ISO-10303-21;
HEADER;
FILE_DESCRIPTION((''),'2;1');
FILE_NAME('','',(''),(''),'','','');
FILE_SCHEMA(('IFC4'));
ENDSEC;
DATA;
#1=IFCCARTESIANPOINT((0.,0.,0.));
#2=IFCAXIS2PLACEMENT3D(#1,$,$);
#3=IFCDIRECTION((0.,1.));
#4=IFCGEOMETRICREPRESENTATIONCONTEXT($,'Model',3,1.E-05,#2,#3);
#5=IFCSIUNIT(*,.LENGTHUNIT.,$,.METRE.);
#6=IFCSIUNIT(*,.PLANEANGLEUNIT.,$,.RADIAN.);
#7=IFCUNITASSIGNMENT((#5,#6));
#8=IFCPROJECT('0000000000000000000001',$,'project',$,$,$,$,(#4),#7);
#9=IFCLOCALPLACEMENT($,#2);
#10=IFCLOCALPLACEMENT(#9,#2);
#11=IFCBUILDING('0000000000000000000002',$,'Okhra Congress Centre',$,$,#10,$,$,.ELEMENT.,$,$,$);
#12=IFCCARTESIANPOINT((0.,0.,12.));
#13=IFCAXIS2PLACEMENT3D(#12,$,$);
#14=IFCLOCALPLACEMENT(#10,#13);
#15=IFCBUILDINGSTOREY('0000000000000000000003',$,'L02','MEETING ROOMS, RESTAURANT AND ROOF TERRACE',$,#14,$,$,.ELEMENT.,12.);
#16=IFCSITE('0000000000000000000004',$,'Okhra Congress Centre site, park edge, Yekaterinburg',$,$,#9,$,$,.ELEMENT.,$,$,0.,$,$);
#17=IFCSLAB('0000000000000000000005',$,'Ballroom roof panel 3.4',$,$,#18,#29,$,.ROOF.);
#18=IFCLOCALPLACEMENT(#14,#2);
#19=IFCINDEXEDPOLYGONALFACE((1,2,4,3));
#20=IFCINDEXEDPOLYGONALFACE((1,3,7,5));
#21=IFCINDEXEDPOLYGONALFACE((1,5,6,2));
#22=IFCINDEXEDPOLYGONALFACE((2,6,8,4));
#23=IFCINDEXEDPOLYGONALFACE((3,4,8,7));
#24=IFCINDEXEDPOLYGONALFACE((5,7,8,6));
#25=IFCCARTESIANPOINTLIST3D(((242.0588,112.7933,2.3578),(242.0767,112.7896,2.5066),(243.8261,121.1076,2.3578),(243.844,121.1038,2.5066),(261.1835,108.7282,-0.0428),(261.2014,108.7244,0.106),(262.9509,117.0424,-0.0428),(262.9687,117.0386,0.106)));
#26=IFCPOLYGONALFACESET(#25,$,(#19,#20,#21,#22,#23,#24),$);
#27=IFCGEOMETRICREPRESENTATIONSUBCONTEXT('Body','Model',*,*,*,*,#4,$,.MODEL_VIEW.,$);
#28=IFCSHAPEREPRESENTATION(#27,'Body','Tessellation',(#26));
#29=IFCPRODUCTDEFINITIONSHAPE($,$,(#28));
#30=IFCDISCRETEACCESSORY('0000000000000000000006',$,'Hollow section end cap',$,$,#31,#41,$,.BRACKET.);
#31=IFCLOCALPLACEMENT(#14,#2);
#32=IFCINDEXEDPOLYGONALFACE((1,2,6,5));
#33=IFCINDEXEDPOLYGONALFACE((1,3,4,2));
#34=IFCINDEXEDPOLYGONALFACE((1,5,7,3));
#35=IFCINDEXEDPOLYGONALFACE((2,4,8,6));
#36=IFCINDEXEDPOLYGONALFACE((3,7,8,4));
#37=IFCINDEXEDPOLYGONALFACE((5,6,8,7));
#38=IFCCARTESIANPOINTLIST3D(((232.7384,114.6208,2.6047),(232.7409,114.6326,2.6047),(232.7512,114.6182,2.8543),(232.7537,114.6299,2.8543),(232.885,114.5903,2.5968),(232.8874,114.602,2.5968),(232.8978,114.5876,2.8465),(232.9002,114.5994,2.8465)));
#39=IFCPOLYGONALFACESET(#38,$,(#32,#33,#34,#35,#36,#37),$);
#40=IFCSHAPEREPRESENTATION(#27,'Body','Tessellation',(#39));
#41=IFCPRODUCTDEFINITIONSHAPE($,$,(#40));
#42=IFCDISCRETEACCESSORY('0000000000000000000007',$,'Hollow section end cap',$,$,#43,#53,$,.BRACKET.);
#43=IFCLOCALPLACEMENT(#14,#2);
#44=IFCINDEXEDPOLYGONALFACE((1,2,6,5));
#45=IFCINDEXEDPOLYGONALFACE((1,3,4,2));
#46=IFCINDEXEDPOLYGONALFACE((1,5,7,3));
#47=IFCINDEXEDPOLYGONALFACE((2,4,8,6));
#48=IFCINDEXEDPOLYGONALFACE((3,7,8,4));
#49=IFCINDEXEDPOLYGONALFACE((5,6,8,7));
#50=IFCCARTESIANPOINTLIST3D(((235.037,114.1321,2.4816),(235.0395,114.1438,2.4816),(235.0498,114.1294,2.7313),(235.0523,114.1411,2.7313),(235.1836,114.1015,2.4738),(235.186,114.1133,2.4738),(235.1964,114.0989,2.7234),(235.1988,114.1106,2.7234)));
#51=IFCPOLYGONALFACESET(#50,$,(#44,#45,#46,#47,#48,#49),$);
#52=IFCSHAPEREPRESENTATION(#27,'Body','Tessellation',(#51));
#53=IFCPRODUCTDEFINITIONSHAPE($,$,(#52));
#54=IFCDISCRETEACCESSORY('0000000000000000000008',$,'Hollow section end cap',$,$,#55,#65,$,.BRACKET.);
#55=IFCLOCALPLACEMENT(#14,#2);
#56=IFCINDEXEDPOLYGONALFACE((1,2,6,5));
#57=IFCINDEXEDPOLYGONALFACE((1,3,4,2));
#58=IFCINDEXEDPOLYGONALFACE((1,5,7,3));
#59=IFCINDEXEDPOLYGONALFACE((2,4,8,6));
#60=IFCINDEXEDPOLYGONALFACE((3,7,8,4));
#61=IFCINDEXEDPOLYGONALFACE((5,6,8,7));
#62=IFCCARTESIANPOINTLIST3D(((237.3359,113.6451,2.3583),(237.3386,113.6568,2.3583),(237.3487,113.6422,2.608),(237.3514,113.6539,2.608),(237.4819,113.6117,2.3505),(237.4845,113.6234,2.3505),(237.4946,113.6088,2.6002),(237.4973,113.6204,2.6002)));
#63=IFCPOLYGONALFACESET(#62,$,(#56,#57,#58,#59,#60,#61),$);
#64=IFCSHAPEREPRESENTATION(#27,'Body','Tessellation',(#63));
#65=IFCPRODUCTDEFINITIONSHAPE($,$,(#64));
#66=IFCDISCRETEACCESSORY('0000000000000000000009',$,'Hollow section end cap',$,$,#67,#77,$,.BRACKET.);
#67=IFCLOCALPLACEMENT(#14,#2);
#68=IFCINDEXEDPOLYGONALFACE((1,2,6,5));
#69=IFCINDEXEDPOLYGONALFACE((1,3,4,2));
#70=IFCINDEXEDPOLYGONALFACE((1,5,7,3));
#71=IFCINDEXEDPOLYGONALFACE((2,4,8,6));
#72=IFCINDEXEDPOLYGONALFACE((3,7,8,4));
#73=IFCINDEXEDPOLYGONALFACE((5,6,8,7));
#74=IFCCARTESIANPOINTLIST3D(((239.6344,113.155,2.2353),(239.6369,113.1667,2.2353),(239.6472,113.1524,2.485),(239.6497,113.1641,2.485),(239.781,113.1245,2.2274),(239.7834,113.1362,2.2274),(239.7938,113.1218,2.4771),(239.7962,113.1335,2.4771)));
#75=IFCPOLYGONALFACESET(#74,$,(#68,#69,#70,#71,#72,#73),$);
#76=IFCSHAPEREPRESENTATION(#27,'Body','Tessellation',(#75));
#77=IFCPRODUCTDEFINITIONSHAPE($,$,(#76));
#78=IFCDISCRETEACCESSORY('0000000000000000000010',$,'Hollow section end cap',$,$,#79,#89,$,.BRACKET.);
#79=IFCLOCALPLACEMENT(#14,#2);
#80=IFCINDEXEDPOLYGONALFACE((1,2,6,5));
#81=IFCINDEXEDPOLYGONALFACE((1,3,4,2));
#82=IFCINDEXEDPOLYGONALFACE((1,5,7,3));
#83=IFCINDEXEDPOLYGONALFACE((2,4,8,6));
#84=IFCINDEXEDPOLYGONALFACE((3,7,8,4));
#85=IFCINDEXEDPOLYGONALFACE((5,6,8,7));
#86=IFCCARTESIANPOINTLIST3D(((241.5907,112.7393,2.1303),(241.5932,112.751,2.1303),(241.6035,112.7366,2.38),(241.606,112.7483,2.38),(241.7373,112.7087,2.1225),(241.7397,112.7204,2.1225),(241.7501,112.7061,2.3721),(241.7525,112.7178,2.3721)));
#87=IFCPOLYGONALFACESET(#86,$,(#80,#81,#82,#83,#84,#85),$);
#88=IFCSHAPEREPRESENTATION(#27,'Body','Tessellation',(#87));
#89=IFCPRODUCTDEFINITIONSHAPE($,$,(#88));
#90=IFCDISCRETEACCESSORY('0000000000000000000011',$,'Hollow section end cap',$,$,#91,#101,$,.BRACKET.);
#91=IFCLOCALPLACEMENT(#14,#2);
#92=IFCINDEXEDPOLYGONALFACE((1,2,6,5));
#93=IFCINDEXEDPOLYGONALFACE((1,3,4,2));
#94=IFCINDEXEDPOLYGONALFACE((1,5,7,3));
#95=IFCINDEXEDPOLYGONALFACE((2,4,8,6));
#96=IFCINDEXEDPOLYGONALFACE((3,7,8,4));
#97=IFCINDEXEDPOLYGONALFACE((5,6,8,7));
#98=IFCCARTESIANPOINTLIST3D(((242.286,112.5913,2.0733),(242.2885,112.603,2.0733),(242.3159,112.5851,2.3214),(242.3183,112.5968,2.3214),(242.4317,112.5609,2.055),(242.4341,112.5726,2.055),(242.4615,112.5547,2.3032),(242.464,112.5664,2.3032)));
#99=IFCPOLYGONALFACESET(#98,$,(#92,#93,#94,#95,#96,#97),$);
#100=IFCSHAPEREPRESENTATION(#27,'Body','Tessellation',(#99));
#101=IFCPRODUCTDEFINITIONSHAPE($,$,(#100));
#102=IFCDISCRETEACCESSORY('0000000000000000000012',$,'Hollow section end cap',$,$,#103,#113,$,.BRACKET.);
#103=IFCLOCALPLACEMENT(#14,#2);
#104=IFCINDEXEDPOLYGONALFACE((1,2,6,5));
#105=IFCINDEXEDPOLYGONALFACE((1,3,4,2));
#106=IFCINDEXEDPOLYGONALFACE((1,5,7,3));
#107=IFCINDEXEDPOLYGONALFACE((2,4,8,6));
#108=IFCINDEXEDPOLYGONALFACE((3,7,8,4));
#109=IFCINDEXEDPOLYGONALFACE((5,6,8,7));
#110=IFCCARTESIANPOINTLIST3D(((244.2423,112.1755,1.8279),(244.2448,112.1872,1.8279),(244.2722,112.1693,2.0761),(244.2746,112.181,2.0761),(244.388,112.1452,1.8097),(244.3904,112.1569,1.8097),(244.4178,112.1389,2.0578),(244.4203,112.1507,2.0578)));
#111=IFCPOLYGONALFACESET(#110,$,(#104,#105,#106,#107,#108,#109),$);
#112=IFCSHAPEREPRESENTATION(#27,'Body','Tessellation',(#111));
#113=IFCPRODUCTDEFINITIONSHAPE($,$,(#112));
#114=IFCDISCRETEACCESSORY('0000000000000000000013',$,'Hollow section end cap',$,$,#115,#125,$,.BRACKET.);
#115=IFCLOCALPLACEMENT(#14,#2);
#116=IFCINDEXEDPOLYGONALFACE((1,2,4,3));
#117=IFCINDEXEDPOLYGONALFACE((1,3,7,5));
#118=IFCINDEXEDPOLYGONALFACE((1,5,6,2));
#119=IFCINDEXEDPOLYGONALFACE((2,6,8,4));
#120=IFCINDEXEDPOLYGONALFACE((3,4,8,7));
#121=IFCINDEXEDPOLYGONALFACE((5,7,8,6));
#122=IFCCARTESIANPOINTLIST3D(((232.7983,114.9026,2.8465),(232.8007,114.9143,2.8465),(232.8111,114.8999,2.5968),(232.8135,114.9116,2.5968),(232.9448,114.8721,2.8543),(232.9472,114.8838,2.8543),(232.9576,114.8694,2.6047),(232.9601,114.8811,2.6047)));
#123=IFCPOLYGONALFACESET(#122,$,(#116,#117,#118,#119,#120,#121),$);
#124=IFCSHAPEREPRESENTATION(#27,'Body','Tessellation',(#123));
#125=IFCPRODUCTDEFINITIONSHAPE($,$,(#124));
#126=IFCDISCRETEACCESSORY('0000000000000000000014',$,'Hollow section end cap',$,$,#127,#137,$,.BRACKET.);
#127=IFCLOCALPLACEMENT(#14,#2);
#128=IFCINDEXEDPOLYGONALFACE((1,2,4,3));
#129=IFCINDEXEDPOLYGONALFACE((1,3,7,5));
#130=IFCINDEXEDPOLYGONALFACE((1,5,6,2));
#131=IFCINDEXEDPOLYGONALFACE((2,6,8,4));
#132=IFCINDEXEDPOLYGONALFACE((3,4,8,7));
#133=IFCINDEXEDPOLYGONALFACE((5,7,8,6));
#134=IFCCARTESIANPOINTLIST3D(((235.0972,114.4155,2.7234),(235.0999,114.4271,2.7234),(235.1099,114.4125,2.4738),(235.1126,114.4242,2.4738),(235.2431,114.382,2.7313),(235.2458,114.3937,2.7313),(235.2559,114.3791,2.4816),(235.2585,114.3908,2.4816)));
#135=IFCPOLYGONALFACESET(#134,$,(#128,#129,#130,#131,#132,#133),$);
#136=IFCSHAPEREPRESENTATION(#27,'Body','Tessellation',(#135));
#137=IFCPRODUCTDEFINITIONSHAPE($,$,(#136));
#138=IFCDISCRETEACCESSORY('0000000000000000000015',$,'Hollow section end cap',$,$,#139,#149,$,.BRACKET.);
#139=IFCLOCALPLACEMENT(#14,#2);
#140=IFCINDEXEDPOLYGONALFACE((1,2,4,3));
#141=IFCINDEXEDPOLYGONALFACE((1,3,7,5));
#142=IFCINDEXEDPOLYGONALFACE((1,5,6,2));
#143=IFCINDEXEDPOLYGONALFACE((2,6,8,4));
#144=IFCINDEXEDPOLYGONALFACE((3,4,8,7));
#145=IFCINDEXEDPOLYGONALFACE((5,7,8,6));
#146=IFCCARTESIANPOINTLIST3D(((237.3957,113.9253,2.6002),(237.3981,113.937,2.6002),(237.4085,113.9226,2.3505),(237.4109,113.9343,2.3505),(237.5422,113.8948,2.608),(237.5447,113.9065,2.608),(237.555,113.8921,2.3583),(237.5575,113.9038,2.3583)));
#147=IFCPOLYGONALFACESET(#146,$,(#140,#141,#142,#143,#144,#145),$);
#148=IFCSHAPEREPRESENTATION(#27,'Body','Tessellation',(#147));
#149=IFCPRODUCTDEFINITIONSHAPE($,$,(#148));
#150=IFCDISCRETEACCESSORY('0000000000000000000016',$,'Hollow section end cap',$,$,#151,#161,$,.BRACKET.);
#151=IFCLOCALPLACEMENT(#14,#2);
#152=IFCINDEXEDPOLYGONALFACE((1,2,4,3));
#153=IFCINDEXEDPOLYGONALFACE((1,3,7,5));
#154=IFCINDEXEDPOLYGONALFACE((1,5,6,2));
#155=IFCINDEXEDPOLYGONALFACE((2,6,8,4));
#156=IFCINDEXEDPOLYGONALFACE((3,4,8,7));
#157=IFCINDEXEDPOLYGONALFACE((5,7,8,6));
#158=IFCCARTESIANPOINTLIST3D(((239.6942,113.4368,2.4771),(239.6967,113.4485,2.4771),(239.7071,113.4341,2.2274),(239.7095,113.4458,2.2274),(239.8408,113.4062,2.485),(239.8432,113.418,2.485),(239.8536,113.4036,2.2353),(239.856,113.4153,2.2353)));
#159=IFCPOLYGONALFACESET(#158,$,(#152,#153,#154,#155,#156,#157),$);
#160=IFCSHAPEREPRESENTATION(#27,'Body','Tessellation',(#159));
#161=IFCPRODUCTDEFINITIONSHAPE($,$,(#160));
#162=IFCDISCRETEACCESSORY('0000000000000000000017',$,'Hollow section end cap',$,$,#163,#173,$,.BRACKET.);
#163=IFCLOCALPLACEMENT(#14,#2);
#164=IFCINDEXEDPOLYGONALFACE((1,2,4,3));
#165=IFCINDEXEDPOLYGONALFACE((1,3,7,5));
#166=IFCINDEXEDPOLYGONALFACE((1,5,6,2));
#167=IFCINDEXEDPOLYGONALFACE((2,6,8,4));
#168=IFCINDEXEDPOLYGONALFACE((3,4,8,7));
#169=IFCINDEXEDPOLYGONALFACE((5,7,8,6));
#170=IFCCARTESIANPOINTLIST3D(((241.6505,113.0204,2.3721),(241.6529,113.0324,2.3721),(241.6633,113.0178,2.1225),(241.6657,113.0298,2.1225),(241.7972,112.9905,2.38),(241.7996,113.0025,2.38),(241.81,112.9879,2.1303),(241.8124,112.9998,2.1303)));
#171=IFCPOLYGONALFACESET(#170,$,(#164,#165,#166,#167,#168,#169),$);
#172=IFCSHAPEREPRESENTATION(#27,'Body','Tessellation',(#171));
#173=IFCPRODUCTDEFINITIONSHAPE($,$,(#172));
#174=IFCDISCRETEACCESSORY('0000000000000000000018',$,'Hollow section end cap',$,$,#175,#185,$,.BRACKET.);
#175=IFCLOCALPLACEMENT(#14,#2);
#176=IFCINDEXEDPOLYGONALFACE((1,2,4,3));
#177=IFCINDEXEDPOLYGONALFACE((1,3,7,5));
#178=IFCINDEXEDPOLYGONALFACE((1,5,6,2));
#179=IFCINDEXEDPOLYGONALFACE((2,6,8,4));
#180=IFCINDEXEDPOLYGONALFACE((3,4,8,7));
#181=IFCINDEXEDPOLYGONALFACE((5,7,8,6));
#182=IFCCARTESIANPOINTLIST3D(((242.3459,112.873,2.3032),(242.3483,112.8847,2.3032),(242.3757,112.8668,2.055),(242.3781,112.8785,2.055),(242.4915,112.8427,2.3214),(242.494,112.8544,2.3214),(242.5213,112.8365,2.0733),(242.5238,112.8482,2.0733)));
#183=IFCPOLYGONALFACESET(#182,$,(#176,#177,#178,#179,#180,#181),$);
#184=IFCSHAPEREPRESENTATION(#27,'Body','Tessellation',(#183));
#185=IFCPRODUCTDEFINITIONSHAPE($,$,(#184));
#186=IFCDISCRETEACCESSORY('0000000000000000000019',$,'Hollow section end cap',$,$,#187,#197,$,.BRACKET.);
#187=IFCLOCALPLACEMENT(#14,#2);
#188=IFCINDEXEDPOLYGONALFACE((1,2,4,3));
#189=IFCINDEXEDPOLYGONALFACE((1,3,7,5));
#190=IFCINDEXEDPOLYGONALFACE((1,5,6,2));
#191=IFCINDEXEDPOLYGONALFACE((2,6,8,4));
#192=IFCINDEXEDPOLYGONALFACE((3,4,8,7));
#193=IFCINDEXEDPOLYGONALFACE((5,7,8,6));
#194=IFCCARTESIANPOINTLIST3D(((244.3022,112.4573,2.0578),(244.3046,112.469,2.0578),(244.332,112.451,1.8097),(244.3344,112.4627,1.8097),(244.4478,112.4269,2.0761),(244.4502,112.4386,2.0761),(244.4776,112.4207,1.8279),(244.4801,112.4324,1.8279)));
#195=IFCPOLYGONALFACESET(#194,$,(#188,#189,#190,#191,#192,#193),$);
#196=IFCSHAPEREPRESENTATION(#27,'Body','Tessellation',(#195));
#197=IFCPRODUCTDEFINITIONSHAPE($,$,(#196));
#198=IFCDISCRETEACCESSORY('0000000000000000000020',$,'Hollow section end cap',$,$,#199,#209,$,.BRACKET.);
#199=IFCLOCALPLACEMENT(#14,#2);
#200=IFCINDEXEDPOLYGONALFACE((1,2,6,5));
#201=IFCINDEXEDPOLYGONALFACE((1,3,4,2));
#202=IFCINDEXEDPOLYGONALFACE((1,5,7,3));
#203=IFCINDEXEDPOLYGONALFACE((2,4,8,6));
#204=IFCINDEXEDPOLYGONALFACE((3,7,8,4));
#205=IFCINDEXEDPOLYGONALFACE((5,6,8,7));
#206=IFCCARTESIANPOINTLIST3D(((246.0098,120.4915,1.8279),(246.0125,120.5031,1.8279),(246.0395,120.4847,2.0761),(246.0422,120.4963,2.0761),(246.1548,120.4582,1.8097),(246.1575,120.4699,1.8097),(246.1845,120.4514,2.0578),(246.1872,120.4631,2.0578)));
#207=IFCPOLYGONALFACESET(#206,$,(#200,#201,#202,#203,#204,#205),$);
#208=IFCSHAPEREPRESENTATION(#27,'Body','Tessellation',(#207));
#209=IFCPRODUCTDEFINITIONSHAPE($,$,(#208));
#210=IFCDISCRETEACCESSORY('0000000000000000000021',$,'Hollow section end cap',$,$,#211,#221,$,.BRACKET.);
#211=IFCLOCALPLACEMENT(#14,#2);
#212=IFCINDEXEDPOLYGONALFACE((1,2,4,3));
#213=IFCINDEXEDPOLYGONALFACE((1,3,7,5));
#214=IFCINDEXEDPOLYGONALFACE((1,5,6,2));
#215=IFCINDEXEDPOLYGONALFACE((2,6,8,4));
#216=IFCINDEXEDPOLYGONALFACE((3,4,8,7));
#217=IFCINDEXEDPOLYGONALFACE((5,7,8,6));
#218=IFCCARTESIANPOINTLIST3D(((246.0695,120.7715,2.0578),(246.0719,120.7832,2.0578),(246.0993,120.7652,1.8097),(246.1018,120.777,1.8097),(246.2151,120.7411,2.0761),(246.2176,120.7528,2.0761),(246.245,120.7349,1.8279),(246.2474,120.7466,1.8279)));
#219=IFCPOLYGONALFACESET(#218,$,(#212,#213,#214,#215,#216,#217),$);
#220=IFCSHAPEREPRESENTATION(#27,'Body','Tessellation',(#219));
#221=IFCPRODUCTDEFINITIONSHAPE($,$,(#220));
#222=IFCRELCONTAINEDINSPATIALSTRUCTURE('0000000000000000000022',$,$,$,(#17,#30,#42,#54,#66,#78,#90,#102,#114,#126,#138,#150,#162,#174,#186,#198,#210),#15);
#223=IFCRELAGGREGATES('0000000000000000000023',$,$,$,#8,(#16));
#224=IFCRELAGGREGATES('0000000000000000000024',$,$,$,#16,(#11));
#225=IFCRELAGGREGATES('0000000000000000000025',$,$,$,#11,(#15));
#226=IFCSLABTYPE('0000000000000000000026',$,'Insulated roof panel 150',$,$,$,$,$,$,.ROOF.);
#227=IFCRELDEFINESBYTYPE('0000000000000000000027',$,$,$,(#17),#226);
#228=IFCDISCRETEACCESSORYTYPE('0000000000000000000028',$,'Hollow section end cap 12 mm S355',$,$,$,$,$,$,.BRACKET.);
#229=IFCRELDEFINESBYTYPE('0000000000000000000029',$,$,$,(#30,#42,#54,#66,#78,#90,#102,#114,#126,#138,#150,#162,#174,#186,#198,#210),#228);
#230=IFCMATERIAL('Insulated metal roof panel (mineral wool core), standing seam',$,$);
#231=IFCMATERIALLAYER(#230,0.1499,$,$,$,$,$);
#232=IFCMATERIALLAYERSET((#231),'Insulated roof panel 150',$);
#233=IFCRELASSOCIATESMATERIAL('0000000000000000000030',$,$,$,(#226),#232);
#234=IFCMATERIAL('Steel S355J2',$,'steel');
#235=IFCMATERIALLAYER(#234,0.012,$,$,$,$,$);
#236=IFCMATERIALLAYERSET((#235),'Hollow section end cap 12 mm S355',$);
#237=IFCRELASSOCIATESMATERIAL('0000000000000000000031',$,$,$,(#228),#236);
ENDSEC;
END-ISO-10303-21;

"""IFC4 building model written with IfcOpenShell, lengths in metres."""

from ifc_helpers import new_model, si_unit, direction, frame, origin, origin_2d, place, context, subcontext, project, spatial, polyline, rectangle, outline, extrude, material, layer, layer_set, type_object, element, save


model = new_model("IFC4")

# Units and contexts
model_context = context("Model", 3, precision=1e-05, world=origin(), true_north=direction((0.0, 1.0)))
body_context = subcontext(model_context, "Body", "Model", "MODEL_VIEW")
ifc_project = project(units=[si_unit("LENGTHUNIT", "METRE"), si_unit("PLANEANGLEUNIT", "RADIAN")], contexts=[model_context])

# Site, building, storey
site_placement = place(None, origin())
site = spatial("IfcSite", under=ifc_project, at=site_placement, Name="Okhra Congress Centre site, park edge, Yekaterinburg", CompositionType="ELEMENT", RefElevation=0.0)
building_placement = place(site_placement, origin())
building = spatial("IfcBuilding", under=site, at=building_placement, Name="Okhra Congress Centre", CompositionType="ELEMENT")
storey_placement = place(building_placement, frame((0.0, 0.0, 12.0)))
storey = spatial("IfcBuildingStorey", under=building, at=storey_placement, Name="L02", Description="MEETING ROOMS, RESTAURANT AND ROOF TERRACE", CompositionType="ELEMENT", Elevation=12.0)

# Shared definitions
ifc_material_1 = material(Name="Steel S355J2", Category="steel")

# Slab
ifc_material_2 = material(Name="Insulated metal roof panel (mineral wool core), standing seam")
ifc_layer_1 = layer(ifc_material_2, 0.1499)
ifc_layer_set_1 = layer_set([ifc_layer_1], Name="Insulated roof panel 150")
slab_type = type_object("IfcSlabType", Name="Insulated roof panel 150", PredefinedType="ROOF", material=ifc_layer_set_1)
slab_placement = place(storey_placement, frame((242.0767, 112.7896, 2.5066), z_axis=(0.119203, -0.025339, 0.992546), x_axis=(0.970856, -0.206367, -0.121867)))
element("IfcSlab", 1, at=slab_placement, inside=storey, type_object=slab_type, Name="Ballroom roof panel 3.4", PredefinedType="ROOF", context=body_context, shape_type="SweptSolid", body=[
    extrude(outline(polyline([(0.0, 0.0), (19.6989, 0.0), (19.6989, 8.5), (0.0001, 8.5), (0.0, 0.0)])), origin(), (0.0, 0.0, -1.0), 0.1499),
])

# Discrete accessories
ifc_layer_2 = layer(ifc_material_1, 0.012)
ifc_layer_set_2 = layer_set([ifc_layer_2], Name="Hollow section end cap 12 mm S355")
discrete_accessory_type = type_object("IfcDiscreteAccessoryType", Name="Hollow section end cap 12 mm S355", PredefinedType="BRACKET", material=ifc_layer_set_2)
for number, where, z_axis, x_axis, name in (
    (2, (232.8181, 114.6042, 2.7256), (0.203954, 0.97898, 0.0), (-0.977639, 0.203675, 0.052336), "Hollow section end cap"),
    (3, (235.1167, 114.1155, 2.6025), (0.203954, 0.97898, 0.0), (-0.977639, 0.203675, 0.052336), "Hollow section end cap"),
    (4, (237.4153, 113.627, 2.4792), (0.223376, 0.974732, 0.0), (-0.973396, 0.22307, 0.052336), "Hollow section end cap"),
    (5, (239.7141, 113.1384, 2.3562), (0.203954, 0.97898, 0.0), (-0.977639, 0.203675, 0.052336), "Hollow section end cap"),
    (6, (241.6704, 112.7227, 2.2512), (0.203954, 0.97898, 0.0), (-0.977639, 0.203675, 0.052336), "Hollow section end cap"),
    (7, (242.3738, 112.573, 2.1882), (0.203954, 0.97898, 0.0), (-0.971683, 0.202434, 0.121869), "Hollow section end cap"),
    (8, (244.3301, 112.1572, 1.9429), (0.203954, 0.97898, 0.0), (-0.971683, 0.202434, 0.121869), "Hollow section end cap"),
    (9, (232.8804, 114.8977, 2.7256), (-0.203954, -0.97898, 0.0), (0.977639, -0.203675, 0.052336), "Hollow section end cap"),
    (10, (235.1792, 114.4089, 2.6025), (-0.223376, -0.974732, 0.0), (0.973396, -0.22307, 0.052336), "Hollow section end cap"),
    (11, (237.4778, 113.9204, 2.4792), (-0.203954, -0.97898, 0.0), (0.977639, -0.203675, 0.052336), "Hollow section end cap"),
    (12, (239.7764, 113.4319, 2.3562), (-0.203954, -0.97898, 0.0), (0.977639, -0.203675, 0.052336), "Hollow section end cap"),
):
    element("IfcDiscreteAccessory", number, at=place(storey_placement, frame(where, z_axis=z_axis, x_axis=x_axis)), inside=storey, type_object=discrete_accessory_type, Name=name, PredefinedType="BRACKET", context=body_context, shape_type="SweptSolid", body=[
        extrude(rectangle(XDim=0.1499, YDim=0.25, at=origin_2d()), origin(), (0.0, 0.0, 1.0), 0.012),
    ])
discrete_accessory_placement = place(storey_placement, frame((241.7327, 113.0161, 2.2512), z_axis=(-0.19996, -0.979804, 0.0), x_axis=(0.978461, -0.199686, 0.052336)))
element("IfcDiscreteAccessory", 13, at=discrete_accessory_placement, inside=storey, type_object=discrete_accessory_type, Name="Hollow section end cap", PredefinedType="BRACKET", context=body_context, shape_type="SweptSolid", body=[
    extrude(rectangle(XDim=0.1499, YDim=0.25, at=origin_2d()), origin(), (0.0, 0.0, 1.0), 0.0122),
])
for number, where, z_axis, x_axis, name in (
    (14, (242.436, 112.8665, 2.1882), (-0.203954, -0.97898, 0.0), (0.971683, -0.202434, 0.121869), "Hollow section end cap"),
    (15, (244.3923, 112.4507, 1.9429), (-0.203954, -0.97898, 0.0), (0.971683, -0.202434, 0.121869), "Hollow section end cap"),
    (16, (246.0972, 120.4714, 1.9429), (0.223376, 0.974732, 0.0), (-0.967467, 0.221711, 0.121869), "Hollow section end cap"),
    (17, (246.1597, 120.7649, 1.9429), (-0.203954, -0.97898, 0.0), (0.971683, -0.202434, 0.121869), "Hollow section end cap"),
):
    element("IfcDiscreteAccessory", number, at=place(storey_placement, frame(where, z_axis=z_axis, x_axis=x_axis)), inside=storey, type_object=discrete_accessory_type, Name=name, PredefinedType="BRACKET", context=body_context, shape_type="SweptSolid", body=[
        extrude(rectangle(XDim=0.1499, YDim=0.25, at=origin_2d()), origin(), (0.0, 0.0, 1.0), 0.012),
    ])

save(model, "model.ifc")
